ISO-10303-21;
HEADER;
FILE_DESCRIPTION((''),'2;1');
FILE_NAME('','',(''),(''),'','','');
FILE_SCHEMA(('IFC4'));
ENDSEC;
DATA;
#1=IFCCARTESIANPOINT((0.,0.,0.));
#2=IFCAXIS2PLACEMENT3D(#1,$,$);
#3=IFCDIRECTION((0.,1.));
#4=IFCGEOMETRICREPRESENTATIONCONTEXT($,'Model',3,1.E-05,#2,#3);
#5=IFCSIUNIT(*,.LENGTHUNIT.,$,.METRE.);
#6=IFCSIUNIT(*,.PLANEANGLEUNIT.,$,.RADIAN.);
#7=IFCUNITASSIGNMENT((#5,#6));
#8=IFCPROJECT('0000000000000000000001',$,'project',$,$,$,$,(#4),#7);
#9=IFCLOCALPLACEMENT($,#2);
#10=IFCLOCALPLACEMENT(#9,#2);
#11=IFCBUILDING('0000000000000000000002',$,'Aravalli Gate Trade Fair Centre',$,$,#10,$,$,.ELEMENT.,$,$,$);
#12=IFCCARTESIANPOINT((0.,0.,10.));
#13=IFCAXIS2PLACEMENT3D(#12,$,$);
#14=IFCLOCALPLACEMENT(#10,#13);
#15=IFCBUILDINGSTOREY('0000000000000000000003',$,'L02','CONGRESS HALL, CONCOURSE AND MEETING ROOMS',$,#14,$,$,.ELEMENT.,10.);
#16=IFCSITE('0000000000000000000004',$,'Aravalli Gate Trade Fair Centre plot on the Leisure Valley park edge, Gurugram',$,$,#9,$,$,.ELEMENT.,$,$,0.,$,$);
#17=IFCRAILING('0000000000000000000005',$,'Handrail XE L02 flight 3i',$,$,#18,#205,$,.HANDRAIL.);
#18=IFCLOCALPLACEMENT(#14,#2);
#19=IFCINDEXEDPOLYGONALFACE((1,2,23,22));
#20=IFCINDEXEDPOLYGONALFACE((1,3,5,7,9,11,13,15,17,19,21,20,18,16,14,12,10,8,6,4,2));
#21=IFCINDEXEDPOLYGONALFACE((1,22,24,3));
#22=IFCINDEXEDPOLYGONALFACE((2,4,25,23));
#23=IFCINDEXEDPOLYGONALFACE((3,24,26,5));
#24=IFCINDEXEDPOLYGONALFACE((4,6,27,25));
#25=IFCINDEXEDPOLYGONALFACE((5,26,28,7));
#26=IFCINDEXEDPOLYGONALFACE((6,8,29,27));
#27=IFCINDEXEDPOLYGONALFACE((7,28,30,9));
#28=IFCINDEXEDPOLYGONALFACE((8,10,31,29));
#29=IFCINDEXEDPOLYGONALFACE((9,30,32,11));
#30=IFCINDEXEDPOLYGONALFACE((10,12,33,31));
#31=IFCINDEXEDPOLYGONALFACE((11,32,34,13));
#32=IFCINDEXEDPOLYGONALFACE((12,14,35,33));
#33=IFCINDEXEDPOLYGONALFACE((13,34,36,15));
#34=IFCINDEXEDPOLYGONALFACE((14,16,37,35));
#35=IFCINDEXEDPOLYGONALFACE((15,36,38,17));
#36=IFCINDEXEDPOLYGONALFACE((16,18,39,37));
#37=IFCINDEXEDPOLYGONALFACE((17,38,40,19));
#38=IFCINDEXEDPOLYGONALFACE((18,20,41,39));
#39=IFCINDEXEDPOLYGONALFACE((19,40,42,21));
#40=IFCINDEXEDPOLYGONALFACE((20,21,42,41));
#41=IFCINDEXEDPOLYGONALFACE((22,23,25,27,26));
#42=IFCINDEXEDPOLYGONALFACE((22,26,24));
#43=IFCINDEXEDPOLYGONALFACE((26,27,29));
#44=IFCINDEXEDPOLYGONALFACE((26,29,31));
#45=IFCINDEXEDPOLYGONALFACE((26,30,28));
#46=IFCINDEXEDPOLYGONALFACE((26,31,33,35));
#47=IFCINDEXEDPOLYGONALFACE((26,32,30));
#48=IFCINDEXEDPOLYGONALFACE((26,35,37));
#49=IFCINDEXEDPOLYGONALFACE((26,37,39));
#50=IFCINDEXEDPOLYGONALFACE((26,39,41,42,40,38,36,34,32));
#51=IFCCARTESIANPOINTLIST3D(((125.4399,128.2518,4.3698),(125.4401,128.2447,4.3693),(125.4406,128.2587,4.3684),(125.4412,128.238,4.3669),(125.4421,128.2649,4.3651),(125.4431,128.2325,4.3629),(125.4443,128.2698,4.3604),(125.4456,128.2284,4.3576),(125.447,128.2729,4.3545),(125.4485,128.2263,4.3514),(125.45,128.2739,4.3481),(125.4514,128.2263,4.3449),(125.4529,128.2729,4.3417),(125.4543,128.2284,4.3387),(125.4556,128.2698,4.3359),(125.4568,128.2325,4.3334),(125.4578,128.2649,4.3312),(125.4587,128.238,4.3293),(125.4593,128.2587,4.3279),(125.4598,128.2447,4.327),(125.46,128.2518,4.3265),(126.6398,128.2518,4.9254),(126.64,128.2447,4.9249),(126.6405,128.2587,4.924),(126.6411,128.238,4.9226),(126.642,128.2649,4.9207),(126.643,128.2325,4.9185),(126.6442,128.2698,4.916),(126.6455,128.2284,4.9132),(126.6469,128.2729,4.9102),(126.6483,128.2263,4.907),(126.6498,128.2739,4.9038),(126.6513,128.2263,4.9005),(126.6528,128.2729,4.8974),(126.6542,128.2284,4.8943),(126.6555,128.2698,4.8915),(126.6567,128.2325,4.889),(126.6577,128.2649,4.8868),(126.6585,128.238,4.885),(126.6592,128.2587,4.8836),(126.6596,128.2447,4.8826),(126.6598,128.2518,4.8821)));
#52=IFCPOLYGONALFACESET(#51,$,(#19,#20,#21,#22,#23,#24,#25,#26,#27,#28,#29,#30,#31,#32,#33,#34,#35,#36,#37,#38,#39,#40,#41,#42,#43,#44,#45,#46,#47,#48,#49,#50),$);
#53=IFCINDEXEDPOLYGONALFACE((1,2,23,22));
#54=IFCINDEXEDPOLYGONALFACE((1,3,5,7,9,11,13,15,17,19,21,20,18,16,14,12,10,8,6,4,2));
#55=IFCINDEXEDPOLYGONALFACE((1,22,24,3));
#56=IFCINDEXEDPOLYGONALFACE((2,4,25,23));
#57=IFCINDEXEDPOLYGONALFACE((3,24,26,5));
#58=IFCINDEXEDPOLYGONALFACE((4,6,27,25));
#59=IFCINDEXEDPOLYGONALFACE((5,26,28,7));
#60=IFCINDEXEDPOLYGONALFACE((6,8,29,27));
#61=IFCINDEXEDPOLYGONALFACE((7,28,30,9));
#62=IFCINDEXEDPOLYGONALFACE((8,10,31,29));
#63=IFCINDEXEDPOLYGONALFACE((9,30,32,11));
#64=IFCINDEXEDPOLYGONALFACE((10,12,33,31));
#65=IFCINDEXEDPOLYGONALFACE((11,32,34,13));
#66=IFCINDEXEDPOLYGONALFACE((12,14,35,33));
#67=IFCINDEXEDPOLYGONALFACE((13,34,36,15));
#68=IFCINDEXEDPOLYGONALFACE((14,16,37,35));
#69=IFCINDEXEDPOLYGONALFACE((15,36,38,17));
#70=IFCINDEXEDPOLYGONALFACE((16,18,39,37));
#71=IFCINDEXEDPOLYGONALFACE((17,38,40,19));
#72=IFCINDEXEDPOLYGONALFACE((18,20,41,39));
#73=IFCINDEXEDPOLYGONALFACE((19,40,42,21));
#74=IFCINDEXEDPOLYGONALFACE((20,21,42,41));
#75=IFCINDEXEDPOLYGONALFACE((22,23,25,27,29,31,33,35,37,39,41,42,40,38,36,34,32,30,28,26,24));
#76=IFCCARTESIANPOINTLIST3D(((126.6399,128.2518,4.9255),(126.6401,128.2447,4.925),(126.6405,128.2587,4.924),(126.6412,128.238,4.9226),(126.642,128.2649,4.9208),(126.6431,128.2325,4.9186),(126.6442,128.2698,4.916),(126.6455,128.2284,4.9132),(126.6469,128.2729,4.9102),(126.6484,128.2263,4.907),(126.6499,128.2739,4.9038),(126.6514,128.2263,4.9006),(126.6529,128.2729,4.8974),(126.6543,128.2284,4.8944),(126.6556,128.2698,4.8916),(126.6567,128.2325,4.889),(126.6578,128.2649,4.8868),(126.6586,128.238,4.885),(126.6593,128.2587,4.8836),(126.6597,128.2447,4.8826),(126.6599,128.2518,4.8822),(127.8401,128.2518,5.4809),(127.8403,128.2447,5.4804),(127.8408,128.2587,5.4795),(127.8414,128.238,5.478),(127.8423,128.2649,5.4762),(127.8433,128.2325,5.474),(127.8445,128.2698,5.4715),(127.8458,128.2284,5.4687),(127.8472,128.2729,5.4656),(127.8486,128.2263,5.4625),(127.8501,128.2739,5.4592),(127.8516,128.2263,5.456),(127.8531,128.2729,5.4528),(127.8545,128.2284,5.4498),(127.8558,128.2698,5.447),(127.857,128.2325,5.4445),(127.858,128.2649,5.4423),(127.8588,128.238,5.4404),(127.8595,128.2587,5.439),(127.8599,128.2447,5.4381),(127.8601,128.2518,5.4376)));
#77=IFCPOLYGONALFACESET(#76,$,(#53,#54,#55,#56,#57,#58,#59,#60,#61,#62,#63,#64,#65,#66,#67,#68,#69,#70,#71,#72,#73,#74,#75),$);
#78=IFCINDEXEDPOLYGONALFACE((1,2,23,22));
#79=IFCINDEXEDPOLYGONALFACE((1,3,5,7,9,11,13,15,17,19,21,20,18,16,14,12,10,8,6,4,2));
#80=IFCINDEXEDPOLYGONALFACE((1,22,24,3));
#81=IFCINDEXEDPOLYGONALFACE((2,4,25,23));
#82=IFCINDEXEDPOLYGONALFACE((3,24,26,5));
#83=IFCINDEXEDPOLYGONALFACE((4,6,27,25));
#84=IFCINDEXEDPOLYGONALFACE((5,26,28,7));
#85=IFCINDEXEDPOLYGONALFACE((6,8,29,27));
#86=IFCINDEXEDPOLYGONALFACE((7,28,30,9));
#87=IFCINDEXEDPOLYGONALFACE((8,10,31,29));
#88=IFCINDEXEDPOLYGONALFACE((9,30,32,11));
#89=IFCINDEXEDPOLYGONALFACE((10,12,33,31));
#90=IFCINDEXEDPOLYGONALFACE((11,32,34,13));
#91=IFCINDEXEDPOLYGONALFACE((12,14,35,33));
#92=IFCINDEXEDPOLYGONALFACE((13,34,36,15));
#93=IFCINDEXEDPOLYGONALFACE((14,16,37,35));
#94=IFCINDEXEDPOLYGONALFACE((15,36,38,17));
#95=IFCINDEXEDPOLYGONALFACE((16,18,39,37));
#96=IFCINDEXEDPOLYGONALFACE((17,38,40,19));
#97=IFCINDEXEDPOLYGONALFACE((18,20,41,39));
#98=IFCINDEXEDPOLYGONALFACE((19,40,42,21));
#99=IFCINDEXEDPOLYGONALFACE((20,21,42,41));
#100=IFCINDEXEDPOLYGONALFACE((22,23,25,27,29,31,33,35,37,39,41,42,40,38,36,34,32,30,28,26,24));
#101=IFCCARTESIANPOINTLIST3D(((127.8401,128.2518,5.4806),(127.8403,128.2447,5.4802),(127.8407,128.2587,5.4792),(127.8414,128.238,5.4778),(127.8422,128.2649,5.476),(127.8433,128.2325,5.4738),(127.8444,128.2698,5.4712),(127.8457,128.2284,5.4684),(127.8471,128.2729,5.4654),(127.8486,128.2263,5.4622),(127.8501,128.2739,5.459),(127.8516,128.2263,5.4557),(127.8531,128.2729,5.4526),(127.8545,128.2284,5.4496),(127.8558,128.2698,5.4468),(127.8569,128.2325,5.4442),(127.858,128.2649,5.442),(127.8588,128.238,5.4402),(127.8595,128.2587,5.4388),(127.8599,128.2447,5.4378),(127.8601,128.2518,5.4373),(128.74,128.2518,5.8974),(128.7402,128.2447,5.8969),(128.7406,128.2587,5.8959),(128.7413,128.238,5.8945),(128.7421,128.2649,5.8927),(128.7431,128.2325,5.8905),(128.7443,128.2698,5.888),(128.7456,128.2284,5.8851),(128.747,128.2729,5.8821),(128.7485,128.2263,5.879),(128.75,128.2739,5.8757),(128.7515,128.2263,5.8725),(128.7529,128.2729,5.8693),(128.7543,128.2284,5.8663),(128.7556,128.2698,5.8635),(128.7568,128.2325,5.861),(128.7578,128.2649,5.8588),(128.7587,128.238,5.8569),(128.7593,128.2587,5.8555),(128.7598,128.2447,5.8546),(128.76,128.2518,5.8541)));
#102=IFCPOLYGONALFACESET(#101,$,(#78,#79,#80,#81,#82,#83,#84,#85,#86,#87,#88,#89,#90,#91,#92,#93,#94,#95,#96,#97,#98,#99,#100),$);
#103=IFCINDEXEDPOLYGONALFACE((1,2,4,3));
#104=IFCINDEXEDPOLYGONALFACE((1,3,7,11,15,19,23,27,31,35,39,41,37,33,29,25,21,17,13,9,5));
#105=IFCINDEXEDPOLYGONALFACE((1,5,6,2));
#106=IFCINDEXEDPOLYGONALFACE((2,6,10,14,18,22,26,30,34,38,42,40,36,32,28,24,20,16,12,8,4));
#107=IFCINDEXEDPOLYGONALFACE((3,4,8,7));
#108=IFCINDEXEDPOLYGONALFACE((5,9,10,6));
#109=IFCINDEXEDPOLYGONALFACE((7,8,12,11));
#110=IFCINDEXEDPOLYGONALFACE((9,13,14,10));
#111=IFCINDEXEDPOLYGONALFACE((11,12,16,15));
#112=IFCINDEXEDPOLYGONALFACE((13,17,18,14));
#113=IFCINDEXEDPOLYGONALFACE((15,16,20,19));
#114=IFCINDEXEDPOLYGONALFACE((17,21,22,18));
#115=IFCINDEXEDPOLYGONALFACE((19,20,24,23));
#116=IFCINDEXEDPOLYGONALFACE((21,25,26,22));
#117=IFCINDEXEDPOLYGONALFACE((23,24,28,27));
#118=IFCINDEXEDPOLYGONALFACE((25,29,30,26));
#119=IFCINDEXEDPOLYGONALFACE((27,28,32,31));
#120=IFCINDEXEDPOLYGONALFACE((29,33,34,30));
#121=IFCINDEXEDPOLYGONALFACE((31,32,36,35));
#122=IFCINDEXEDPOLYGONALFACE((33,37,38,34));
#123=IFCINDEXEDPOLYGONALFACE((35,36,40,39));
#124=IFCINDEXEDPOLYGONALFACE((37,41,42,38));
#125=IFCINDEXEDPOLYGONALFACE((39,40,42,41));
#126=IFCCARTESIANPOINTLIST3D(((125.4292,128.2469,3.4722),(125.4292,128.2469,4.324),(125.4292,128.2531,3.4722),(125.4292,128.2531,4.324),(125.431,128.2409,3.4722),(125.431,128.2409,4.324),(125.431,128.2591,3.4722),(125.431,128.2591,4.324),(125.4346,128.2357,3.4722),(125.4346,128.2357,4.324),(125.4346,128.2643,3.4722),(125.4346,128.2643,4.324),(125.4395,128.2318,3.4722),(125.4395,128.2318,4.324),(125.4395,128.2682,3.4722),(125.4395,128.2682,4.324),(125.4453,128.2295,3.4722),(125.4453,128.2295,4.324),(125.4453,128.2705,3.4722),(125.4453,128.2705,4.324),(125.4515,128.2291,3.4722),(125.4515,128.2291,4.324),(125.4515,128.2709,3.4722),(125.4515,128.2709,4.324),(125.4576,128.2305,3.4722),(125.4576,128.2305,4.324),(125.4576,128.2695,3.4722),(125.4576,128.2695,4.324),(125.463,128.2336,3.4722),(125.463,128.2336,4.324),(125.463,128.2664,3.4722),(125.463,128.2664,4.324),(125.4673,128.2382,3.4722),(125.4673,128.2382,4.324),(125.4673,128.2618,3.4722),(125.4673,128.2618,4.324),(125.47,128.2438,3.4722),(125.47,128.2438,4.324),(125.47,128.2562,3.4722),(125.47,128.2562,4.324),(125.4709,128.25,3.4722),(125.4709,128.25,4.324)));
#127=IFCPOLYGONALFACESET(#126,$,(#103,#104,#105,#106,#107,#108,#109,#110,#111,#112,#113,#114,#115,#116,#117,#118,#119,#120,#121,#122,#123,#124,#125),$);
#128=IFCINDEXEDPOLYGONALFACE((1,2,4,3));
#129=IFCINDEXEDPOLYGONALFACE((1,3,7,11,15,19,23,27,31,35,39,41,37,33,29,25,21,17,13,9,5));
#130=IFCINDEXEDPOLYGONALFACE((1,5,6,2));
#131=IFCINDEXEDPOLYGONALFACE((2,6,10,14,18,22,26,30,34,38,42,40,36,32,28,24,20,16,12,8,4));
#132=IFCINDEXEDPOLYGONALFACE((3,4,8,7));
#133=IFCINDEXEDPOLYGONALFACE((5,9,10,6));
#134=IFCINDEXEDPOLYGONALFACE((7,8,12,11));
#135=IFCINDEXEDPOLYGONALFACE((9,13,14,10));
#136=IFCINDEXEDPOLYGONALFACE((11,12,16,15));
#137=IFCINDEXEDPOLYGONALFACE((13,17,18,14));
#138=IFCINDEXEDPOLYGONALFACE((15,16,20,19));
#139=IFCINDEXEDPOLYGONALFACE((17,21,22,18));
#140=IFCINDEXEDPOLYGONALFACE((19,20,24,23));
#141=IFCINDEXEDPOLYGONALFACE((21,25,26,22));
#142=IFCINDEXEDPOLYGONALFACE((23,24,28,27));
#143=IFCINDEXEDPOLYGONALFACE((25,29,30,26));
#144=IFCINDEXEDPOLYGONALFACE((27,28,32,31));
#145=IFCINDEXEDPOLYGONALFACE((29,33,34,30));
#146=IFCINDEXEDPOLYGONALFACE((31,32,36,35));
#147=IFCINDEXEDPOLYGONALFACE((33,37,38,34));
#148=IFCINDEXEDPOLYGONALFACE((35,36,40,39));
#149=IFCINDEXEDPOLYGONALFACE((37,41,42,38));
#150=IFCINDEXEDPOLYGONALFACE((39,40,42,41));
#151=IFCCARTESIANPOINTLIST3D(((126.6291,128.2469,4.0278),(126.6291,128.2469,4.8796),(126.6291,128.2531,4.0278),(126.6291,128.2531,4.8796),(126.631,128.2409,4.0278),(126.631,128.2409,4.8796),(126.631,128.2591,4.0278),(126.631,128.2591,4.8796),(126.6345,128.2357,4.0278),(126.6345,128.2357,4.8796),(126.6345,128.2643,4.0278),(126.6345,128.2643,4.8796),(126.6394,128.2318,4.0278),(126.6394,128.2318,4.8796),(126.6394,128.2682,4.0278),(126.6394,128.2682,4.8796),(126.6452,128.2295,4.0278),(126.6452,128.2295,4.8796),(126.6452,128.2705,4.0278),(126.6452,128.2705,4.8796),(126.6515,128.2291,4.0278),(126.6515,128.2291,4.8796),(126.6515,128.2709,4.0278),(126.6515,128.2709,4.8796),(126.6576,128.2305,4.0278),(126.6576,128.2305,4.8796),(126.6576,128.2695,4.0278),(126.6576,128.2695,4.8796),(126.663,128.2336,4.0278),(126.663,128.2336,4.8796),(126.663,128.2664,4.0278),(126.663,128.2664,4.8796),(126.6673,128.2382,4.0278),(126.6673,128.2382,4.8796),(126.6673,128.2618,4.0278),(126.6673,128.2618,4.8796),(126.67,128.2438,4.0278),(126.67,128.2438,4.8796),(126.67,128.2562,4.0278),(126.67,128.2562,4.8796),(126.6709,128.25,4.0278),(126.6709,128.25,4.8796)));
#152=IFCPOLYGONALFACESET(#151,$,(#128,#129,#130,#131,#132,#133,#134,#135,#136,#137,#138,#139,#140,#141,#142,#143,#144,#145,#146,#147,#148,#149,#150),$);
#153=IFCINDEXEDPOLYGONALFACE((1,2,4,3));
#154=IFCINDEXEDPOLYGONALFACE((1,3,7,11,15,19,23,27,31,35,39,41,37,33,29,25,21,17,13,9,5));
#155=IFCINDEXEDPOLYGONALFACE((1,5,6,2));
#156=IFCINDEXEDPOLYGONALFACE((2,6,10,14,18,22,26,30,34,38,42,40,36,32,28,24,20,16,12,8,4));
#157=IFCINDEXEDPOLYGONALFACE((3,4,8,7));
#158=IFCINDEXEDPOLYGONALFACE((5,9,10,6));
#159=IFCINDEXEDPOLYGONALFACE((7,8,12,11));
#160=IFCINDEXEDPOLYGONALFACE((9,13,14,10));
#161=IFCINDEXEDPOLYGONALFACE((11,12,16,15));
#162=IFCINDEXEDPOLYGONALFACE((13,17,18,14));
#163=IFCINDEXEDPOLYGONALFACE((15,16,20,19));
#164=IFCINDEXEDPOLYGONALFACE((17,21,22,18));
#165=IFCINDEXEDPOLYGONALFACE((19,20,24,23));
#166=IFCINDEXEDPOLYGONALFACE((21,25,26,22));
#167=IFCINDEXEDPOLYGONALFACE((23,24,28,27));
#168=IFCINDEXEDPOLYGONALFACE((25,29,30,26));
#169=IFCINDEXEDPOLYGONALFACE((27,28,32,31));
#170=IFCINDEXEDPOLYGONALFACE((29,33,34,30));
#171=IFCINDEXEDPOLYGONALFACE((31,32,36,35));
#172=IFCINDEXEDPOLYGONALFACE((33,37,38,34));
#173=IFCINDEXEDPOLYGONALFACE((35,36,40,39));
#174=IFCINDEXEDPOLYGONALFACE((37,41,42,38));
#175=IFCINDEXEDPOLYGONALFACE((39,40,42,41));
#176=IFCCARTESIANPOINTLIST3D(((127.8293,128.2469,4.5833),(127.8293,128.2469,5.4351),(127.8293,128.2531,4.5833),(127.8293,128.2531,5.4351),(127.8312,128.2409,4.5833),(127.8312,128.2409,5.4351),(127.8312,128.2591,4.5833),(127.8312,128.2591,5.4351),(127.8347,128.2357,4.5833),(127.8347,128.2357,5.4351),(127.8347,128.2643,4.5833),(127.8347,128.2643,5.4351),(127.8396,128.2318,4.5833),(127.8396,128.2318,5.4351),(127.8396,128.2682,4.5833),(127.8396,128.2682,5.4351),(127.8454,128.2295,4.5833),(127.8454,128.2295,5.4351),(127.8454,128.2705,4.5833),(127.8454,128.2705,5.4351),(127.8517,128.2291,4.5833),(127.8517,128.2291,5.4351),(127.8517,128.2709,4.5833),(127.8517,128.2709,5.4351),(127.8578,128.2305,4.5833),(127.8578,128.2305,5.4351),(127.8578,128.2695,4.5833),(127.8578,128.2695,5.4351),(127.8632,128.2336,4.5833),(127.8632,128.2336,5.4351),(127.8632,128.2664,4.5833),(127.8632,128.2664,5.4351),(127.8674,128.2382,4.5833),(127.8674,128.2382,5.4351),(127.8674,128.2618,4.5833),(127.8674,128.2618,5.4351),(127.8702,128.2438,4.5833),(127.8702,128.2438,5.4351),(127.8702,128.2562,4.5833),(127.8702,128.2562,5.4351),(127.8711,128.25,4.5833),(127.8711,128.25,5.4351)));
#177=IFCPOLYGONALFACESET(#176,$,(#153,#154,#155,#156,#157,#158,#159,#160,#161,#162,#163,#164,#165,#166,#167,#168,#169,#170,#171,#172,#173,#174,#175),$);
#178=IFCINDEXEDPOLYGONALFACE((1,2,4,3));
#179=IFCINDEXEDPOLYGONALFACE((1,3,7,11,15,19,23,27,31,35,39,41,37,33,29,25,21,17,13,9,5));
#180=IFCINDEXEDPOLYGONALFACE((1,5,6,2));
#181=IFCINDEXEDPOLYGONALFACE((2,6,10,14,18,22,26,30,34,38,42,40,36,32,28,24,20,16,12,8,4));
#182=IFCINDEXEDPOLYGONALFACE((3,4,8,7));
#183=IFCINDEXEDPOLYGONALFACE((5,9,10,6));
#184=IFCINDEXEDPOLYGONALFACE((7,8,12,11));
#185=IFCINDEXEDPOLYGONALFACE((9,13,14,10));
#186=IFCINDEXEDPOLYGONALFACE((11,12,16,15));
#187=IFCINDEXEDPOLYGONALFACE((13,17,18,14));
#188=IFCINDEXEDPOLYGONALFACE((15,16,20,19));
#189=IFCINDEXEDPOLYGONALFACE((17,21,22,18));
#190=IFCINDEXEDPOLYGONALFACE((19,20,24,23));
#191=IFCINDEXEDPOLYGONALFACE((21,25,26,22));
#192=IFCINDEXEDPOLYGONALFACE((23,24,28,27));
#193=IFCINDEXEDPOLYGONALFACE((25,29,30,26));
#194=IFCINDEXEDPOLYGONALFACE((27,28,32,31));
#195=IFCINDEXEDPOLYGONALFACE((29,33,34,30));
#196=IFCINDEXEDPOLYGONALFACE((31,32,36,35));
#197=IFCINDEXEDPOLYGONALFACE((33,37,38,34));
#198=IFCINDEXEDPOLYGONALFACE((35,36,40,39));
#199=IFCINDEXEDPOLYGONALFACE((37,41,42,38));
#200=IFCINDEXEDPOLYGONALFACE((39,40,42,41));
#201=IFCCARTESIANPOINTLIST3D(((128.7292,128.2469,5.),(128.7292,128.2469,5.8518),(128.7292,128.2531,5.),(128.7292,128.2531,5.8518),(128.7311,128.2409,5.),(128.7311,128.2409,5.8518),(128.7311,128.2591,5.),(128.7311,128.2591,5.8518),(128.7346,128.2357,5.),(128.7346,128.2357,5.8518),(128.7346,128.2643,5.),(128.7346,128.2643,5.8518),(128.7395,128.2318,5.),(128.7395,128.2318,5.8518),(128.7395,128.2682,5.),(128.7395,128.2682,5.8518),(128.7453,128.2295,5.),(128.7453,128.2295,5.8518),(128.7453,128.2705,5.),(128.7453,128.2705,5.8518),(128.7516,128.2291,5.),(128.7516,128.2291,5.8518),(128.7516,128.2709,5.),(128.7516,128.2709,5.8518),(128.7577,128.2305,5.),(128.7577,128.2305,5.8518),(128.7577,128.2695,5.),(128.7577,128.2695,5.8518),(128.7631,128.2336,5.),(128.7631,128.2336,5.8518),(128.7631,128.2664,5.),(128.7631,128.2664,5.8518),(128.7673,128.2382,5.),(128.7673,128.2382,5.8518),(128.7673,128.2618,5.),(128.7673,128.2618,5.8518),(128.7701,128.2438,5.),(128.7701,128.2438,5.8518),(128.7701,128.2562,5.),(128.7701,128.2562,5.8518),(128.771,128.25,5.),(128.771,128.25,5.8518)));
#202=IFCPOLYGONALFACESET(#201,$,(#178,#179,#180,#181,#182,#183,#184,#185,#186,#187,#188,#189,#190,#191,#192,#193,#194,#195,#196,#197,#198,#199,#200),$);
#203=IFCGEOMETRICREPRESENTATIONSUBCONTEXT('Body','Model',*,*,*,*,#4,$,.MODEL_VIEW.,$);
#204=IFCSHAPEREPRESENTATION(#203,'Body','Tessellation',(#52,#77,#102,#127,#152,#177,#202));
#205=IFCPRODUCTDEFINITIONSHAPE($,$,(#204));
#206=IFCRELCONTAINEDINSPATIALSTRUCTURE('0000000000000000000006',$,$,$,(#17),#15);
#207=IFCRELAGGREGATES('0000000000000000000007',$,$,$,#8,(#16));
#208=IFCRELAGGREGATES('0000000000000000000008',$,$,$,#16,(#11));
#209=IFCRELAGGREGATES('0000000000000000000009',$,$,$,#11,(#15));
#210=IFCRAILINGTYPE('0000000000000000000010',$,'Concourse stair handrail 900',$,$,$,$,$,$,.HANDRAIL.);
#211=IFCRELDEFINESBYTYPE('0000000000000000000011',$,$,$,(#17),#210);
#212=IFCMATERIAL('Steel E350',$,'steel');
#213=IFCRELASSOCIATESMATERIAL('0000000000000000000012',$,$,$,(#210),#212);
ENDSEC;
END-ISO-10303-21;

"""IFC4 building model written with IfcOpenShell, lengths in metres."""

from ifc_helpers import new_model, si_unit, direction, frame, origin, origin_2d, place, context, subcontext, project, spatial, circle, extrude, material, type_object, element, save


model = new_model("IFC4")

# Units and contexts
model_context = context("Model", 3, precision=1e-05, world=origin(), true_north=direction((0.0, 1.0)))
body_context = subcontext(model_context, "Body", "Model", "MODEL_VIEW")
ifc_project = project(units=[si_unit("LENGTHUNIT", "METRE"), si_unit("PLANEANGLEUNIT", "RADIAN")], contexts=[model_context])

# Site, building, storey
site_placement = place(None, origin())
site = spatial("IfcSite", under=ifc_project, at=site_placement, Name="Aravalli Gate Trade Fair Centre plot on the Leisure Valley park edge, Gurugram", CompositionType="ELEMENT", RefElevation=0.0)
building_placement = place(site_placement, origin())
building = spatial("IfcBuilding", under=site, at=building_placement, Name="Aravalli Gate Trade Fair Centre", CompositionType="ELEMENT")
storey_placement = place(building_placement, frame((0.0, 0.0, 10.0)))
storey = spatial("IfcBuildingStorey", under=building, at=storey_placement, Name="L02", Description="CONGRESS HALL, CONCOURSE AND MEETING ROOMS", CompositionType="ELEMENT", Elevation=10.0)

# Shared definitions
ifc_material_1 = material(Name="Steel E350", Category="steel")

# Railing
railing_type_1 = type_object("IfcRailingType", Name="Concourse stair handrail 900", PredefinedType="HANDRAIL", material=ifc_material_1)
for number, where, name in (
    (1, (125.45, 128.25, 3.4722), "Handrail XE L02 flight 3i"),
):
    element("IfcRailing", number, at=place(storey_placement, frame(where)), inside=storey, type_object=railing_type_1, Name=name, PredefinedType="HANDRAIL", context=body_context, shape_type="SweptSolid", body=[
        extrude(circle(Radius=0.0239, at=origin_2d()), frame((0.0, 0.0, 0.876), z_axis=(0.907429, 0.0, 0.420205), x_axis=(0.0, 1.0, 0.0)), (0.0, 0.0, 1.0), 1.3223),
        extrude(circle(Radius=0.0239, at=origin_2d()), frame((1.2, 0.0, 1.4316), z_axis=(0.907532, 0.0, 0.419983), x_axis=(0.0, 1.0, 0.0)), (0.0, 0.0, 1.0), 1.3225),
        extrude(circle(Radius=0.0239, at=origin_2d()), frame((2.4001, 0.0, 1.9868), z_axis=(0.907418, 0.0, 0.420229), x_axis=(0.0, 1.0, 0.0)), (0.0, 0.0, 1.0), 0.9917),
        extrude(circle(Radius=0.021, at=origin_2d()), origin(), (0.0, 0.0, 1.0), 0.8518),
        extrude(circle(Radius=0.021, at=origin_2d()), frame((1.2, 0.0, 0.5557)), (0.0, 0.0, 1.0), 0.8518),
        extrude(circle(Radius=0.021, at=origin_2d()), frame((2.4001, 0.0, 1.1111)), (0.0, 0.0, 1.0), 0.8518),
        extrude(circle(Radius=0.021, at=origin_2d()), frame((3.3, 0.0, 1.5278)), (0.0, 0.0, 1.0), 0.8518),
    ])

save(model, "model.ifc")
